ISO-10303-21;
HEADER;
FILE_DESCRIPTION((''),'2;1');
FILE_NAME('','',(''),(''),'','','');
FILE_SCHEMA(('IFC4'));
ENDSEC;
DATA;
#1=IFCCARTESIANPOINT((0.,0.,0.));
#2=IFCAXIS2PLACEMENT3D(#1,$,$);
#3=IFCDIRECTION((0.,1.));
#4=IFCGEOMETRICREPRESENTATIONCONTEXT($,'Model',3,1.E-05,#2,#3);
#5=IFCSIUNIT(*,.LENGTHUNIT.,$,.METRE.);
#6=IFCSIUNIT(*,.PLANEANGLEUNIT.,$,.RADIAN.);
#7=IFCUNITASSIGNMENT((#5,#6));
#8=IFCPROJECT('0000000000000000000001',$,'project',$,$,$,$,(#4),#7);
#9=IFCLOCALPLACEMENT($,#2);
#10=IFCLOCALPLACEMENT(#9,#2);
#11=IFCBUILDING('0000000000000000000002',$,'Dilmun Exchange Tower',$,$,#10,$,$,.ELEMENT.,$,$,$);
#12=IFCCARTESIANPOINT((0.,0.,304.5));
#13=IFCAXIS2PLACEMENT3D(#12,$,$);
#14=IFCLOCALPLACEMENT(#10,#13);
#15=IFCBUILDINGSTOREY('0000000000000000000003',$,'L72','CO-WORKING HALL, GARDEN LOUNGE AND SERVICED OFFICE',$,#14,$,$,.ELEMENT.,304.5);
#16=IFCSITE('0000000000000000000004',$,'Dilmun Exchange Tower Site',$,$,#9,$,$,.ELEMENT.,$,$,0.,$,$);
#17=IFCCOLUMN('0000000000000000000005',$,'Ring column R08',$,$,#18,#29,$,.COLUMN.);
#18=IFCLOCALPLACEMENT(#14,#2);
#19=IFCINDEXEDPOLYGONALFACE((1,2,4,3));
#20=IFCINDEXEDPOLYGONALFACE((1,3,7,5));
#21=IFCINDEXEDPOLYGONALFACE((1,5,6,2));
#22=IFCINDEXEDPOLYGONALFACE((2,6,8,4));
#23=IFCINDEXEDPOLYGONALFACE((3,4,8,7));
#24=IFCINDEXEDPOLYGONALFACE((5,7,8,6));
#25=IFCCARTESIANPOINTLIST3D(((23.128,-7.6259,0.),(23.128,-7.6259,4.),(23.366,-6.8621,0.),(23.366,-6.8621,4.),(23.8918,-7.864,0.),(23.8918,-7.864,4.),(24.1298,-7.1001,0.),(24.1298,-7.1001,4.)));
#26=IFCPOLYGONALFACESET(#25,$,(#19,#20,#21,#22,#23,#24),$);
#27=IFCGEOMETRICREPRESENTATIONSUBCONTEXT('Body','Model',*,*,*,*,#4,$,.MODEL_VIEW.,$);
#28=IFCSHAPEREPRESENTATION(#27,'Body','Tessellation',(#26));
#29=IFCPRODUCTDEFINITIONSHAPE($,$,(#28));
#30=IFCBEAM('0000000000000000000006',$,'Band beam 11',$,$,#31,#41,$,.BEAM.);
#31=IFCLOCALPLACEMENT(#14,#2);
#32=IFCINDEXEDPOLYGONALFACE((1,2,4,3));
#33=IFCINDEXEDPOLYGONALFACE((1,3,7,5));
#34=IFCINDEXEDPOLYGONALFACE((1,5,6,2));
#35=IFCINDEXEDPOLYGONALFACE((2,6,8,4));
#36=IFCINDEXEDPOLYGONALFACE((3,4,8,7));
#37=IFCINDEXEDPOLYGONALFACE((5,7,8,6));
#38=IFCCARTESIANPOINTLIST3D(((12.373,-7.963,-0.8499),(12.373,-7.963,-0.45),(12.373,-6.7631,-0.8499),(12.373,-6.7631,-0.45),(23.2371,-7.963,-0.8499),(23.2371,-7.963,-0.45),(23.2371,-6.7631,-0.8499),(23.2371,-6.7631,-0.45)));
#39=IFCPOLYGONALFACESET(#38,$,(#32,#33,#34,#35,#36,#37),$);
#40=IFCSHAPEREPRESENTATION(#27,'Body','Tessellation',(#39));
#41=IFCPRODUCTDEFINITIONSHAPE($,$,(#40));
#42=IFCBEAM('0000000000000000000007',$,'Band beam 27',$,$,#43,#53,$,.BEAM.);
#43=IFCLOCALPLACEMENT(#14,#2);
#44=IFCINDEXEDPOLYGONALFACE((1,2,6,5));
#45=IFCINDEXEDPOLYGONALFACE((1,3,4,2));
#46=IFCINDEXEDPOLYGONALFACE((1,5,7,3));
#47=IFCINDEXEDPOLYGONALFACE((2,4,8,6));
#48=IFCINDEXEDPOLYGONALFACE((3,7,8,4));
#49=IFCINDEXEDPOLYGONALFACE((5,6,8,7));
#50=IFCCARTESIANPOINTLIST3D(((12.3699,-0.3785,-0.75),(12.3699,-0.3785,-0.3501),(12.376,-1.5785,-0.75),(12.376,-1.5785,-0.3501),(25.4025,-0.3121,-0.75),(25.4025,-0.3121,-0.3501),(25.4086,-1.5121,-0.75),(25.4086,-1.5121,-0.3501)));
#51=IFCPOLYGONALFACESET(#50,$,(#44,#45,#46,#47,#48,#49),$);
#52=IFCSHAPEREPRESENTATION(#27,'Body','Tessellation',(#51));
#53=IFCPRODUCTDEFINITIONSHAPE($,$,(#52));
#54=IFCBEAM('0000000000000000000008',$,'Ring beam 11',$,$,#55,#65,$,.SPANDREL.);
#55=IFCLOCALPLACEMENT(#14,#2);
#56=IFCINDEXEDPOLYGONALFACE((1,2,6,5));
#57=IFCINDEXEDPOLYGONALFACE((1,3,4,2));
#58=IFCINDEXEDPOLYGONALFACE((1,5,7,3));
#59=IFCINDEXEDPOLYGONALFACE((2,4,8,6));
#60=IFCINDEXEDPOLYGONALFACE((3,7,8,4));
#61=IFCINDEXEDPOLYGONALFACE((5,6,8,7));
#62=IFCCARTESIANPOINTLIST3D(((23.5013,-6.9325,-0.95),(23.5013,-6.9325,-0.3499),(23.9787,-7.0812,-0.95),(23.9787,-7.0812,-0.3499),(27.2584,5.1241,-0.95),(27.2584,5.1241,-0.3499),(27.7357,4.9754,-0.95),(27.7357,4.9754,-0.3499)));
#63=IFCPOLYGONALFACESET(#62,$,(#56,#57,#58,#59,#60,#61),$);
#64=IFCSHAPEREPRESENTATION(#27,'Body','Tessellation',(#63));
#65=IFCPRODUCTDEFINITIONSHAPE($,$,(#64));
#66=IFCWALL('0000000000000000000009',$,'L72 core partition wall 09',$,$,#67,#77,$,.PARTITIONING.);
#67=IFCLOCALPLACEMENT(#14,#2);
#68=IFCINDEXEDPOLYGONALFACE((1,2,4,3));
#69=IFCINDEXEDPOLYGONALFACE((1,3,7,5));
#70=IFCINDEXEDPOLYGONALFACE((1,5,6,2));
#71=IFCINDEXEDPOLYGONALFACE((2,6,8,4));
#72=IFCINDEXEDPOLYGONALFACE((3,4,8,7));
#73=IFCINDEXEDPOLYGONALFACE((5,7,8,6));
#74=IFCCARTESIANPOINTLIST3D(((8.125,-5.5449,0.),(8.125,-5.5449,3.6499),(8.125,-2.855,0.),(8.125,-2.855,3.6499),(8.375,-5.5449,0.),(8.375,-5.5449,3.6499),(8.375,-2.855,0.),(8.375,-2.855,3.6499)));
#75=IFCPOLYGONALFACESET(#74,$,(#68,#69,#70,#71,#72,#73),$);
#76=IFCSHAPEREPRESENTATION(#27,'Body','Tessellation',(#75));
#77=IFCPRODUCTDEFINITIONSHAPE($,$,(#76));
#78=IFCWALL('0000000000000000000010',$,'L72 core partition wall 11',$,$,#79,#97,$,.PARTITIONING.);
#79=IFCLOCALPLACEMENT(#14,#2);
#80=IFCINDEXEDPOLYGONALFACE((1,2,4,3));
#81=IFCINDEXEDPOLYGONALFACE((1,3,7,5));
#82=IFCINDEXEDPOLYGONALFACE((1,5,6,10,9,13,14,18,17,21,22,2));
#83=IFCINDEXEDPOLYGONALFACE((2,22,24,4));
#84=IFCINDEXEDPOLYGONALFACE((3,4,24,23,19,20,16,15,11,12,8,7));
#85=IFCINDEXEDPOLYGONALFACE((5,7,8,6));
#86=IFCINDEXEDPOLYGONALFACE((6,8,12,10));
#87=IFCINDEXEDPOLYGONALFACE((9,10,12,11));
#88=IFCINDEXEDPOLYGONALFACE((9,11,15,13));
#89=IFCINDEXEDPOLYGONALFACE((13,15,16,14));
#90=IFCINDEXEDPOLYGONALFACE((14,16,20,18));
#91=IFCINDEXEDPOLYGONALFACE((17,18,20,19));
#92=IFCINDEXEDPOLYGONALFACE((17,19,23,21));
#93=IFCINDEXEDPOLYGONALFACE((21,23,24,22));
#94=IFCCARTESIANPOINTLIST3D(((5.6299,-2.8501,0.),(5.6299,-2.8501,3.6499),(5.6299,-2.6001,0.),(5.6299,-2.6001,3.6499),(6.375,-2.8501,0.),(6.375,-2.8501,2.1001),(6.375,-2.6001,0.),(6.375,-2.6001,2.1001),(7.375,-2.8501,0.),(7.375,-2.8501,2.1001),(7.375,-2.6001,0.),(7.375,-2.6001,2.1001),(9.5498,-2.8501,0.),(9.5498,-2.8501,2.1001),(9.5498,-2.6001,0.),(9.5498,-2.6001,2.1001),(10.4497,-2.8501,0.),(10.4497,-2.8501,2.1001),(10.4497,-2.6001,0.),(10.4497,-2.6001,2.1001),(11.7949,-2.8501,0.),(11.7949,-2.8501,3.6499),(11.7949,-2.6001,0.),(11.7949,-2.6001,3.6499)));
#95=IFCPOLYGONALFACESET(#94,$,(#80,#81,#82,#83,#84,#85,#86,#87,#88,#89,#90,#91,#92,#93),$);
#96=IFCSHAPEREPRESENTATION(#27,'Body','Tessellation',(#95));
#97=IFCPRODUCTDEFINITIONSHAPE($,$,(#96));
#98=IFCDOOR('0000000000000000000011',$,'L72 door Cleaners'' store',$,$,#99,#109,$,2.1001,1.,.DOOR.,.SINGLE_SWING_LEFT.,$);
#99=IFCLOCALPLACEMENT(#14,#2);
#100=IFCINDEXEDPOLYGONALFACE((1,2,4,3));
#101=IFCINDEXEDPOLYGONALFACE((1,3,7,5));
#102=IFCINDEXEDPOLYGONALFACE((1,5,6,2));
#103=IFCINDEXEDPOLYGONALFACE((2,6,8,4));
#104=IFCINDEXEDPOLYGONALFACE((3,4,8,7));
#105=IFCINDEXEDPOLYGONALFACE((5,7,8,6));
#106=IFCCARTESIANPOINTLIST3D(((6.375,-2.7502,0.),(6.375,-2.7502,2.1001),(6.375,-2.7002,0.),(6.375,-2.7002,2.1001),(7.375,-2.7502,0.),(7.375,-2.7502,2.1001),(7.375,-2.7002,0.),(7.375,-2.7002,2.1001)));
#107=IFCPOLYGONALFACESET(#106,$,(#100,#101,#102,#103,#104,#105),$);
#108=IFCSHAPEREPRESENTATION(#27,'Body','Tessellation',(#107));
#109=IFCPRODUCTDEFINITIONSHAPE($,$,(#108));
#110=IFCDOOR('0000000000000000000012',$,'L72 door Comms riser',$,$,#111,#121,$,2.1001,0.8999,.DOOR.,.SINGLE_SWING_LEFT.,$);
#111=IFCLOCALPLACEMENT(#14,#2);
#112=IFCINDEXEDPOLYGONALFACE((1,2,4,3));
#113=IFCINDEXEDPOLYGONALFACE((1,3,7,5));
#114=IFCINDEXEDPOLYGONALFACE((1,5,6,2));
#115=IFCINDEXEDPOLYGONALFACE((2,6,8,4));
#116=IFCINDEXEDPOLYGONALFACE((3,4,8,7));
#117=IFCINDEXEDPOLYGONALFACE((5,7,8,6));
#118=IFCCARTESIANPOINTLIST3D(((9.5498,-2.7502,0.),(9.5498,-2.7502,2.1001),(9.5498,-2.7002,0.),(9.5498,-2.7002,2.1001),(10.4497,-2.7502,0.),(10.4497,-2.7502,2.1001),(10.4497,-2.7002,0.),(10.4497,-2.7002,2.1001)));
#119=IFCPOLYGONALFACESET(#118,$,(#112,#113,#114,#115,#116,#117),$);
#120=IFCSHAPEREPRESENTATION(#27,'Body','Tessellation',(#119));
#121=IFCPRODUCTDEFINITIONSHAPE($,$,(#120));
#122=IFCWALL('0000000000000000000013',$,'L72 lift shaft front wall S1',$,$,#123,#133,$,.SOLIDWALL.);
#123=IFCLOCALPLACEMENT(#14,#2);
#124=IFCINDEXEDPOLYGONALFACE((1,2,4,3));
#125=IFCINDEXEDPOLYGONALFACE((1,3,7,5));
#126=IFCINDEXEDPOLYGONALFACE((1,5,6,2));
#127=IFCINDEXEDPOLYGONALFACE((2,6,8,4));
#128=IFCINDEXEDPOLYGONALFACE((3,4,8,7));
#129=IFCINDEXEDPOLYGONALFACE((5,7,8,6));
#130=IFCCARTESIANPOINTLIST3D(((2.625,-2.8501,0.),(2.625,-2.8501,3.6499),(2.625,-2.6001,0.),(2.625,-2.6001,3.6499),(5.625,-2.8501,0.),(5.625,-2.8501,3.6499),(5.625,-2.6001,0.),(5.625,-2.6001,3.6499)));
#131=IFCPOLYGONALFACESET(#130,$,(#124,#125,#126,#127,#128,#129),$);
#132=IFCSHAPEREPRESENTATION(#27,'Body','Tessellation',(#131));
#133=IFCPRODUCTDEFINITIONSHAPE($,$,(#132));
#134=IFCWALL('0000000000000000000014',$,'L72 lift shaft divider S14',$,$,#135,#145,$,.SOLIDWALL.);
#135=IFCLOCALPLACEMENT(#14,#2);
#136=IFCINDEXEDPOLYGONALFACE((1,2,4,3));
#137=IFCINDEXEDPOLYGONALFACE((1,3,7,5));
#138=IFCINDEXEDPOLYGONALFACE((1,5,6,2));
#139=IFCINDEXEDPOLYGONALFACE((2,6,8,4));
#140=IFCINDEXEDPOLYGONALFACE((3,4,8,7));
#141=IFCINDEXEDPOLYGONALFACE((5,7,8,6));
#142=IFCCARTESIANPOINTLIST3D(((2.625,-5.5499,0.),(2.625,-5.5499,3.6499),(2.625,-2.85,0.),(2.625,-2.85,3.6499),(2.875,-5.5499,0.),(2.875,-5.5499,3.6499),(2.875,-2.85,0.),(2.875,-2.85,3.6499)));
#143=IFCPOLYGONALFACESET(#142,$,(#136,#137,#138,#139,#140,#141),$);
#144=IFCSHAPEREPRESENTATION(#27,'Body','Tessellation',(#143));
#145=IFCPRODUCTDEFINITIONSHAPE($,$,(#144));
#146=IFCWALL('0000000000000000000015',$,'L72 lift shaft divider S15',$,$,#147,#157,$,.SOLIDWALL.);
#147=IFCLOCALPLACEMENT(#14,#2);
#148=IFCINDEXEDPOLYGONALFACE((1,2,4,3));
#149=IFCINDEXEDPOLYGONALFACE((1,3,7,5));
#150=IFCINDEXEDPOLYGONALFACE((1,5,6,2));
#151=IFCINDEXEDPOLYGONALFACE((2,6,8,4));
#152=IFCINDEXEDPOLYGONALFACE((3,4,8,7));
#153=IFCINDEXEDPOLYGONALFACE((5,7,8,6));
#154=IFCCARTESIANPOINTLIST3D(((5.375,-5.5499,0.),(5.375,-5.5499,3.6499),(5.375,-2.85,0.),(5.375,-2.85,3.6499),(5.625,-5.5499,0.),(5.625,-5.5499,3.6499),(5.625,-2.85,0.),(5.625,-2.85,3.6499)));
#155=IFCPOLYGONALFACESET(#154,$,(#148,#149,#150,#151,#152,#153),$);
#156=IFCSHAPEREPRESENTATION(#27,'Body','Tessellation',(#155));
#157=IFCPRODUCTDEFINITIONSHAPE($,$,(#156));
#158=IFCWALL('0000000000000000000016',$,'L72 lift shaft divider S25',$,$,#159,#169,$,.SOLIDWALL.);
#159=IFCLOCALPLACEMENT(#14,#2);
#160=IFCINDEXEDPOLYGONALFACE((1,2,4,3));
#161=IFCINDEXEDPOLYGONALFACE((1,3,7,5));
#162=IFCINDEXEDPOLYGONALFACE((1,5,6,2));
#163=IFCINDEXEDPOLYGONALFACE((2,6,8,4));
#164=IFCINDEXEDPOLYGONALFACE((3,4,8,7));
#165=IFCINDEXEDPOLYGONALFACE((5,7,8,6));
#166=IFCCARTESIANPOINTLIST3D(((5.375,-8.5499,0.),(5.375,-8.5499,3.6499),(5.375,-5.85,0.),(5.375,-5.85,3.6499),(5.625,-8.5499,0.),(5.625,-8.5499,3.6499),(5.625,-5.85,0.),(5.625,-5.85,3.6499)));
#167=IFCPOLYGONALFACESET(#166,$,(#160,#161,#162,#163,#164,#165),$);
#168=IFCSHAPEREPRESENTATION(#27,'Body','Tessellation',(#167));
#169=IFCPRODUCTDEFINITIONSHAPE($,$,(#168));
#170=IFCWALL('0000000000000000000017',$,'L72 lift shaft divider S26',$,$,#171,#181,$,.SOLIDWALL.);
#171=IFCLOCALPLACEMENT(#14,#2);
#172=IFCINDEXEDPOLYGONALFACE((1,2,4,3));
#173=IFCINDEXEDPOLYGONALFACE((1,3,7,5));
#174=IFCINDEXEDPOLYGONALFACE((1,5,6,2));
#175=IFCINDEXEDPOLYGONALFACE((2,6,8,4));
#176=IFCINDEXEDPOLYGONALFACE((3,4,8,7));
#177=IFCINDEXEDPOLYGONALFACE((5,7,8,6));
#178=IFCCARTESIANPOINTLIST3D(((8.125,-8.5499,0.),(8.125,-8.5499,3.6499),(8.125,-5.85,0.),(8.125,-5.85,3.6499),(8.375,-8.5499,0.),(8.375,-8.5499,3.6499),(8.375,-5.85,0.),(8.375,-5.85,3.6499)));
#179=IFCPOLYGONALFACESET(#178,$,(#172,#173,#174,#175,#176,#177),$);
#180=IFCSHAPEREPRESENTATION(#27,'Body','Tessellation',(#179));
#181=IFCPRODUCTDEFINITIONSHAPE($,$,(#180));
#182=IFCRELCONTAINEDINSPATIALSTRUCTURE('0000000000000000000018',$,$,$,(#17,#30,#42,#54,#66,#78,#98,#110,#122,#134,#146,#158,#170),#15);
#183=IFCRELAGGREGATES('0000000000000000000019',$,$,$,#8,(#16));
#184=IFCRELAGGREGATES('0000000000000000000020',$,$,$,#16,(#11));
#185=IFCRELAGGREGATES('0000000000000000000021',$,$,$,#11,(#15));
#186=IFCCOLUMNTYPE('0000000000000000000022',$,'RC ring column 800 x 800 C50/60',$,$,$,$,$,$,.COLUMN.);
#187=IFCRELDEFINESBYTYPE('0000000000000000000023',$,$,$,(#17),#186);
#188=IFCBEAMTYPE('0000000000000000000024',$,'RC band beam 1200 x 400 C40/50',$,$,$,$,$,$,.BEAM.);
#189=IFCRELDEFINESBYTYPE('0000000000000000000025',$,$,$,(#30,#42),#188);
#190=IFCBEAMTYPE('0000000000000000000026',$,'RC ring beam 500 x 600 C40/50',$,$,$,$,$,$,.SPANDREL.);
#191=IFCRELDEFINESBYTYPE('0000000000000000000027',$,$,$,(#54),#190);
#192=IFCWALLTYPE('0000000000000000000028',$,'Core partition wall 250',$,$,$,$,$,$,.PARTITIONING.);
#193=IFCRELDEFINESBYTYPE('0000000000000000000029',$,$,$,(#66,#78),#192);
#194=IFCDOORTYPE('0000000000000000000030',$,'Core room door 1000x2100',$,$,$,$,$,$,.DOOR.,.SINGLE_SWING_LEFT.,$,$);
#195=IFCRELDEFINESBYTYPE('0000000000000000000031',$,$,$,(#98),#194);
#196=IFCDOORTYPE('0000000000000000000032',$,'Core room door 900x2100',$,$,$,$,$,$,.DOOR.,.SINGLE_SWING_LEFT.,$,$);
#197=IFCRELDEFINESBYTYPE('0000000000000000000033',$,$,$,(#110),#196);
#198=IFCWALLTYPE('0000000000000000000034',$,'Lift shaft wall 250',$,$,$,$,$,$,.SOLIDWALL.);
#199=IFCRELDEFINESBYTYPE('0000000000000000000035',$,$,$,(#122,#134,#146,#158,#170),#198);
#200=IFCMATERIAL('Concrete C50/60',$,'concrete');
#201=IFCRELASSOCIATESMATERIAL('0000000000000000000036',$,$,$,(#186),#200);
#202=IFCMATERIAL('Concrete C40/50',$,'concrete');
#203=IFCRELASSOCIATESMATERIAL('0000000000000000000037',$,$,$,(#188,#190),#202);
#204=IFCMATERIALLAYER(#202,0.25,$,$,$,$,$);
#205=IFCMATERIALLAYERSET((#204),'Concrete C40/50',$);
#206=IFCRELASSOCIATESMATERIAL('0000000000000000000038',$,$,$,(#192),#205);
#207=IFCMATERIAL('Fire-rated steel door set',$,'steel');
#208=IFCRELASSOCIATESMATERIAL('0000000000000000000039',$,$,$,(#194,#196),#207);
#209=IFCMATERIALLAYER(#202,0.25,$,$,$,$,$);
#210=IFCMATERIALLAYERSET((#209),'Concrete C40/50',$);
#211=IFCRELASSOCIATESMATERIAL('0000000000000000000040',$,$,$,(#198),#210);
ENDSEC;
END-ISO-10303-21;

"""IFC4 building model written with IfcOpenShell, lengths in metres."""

from ifc_helpers import new_model, si_unit, direction, frame, frame_2d, origin, origin_2d, place, context, subcontext, project, spatial, rectangle, extrude, material, layer, layer_set, material_profile, profile_set, type_object, element, fill, save


model = new_model("IFC4")

# Units and contexts
model_context = context("Model", 3, precision=1e-05, world=origin(), true_north=direction((0.0, 1.0)))
body_context = subcontext(model_context, "Body", "Model", "MODEL_VIEW")
ifc_project = project(units=[si_unit("LENGTHUNIT", "METRE"), si_unit("PLANEANGLEUNIT", "RADIAN")], contexts=[model_context])

# Site, building, storey
site_placement = place(None, origin())
site = spatial("IfcSite", under=ifc_project, at=site_placement, Name="Dilmun Exchange Tower Site", CompositionType="ELEMENT", RefElevation=0.0)
building_placement = place(site_placement, origin())
building = spatial("IfcBuilding", under=site, at=building_placement, Name="Dilmun Exchange Tower", CompositionType="ELEMENT")
storey_placement = place(building_placement, frame((0.0, 0.0, 304.5)))
storey = spatial("IfcBuildingStorey", under=building, at=storey_placement, Name="L72", Description="CO-WORKING HALL, GARDEN LOUNGE AND SERVICED OFFICE", CompositionType="ELEMENT", Elevation=304.5)

# Column
ifc_material_1 = material(Name="Concrete C50/60", Category="concrete")
ifc_material_profile_1 = material_profile(ifc_material_1, rectangle(XDim=0.8, YDim=0.8, at=origin_2d()), Name="800 x 800")
ifc_profile_set_1 = profile_set([ifc_material_profile_1], Name="Concrete C50/60")
column_type = type_object("IfcColumnType", Name="RC ring column 800 x 800 C50/60", PredefinedType="COLUMN", material=ifc_profile_set_1)
column_placement = place(storey_placement, frame((23.6289, -7.363, 0.0), z_axis=(0.0, 0.0, 1.0), x_axis=(0.297503, 0.954721, 0.0)))
element("IfcColumn", 1, at=column_placement, inside=storey, type_object=column_type, Name="Ring column R08", PredefinedType="COLUMN", context=body_context, shape_type="SweptSolid", body=[
    extrude(rectangle(XDim=0.8, YDim=0.8, at=origin_2d()), origin(), (0.0, 0.0, 1.0), 4.0),
])

# Beams
ifc_material_2 = material(Name="Concrete C40/50", Category="concrete")
ifc_material_profile_2 = material_profile(ifc_material_2, rectangle(XDim=1.2, YDim=0.3999, at=origin_2d()), Name="1200 x 400")
ifc_profile_set_2 = profile_set([ifc_material_profile_2], Name="Concrete C40/50")
beam_type_1 = type_object("IfcBeamType", Name="RC band beam 1200 x 400 C40/50", PredefinedType="BEAM", material=ifc_profile_set_2)
beam_1_placement = place(storey_placement, frame((23.2371, -7.363, -0.6499), z_axis=(-1.0, 0.0, 0.0), x_axis=(0.0, -1.0, 0.0)))
element("IfcBeam", 2, at=beam_1_placement, inside=storey, type_object=beam_type_1, Name="Band beam 11", PredefinedType="BEAM", context=body_context, shape_type="SweptSolid", body=[
    extrude(rectangle(XDim=1.2, YDim=0.3999, at=origin_2d()), origin(), (0.0, 0.0, 1.0), 10.864),
])
beam_2_placement = place(storey_placement, frame((25.4055, -0.9121, -0.55), z_axis=(-0.999987, -0.005095, 0.0), x_axis=(0.005095, -0.999987, 0.0)))
element("IfcBeam", 3, at=beam_2_placement, inside=storey, type_object=beam_type_1, Name="Band beam 27", PredefinedType="BEAM", context=body_context, shape_type="SweptSolid", body=[
    extrude(rectangle(XDim=1.2, YDim=0.3999, at=origin_2d()), origin(), (0.0, 0.0, 1.0), 13.0327),
])
ifc_material_profile_3 = material_profile(ifc_material_2, rectangle(XDim=0.5, YDim=0.6001, at=origin_2d()), Name="500 x 600")
ifc_profile_set_3 = profile_set([ifc_material_profile_3], Name="Concrete C40/50")
beam_type_2 = type_object("IfcBeamType", Name="RC ring beam 500 x 600 C40/50", PredefinedType="SPANDREL", material=ifc_profile_set_3)
beam_3_placement = place(storey_placement, frame((23.74, -7.0068, -0.6499), z_axis=(0.297509, 0.954719, 0.0), x_axis=(-0.954719, 0.297509, 0.0)))
element("IfcBeam", 4, at=beam_3_placement, inside=storey, type_object=beam_type_2, Name="Ring beam 11", PredefinedType="SPANDREL", context=body_context, shape_type="SweptSolid", body=[
    extrude(rectangle(XDim=0.5, YDim=0.6001, at=origin_2d()), origin(), (0.0, 0.0, 1.0), 12.6284),
])

# Shared definitions
ifc_material_3 = material(Name="Fire-rated steel door set", Category="steel")

# Wall
ifc_layer_1 = layer(ifc_material_2, 0.25)
ifc_layer_set_1 = layer_set([ifc_layer_1], Name="Concrete C40/50")
wall_type_1 = type_object("IfcWallType", Name="Core partition wall 250", PredefinedType="PARTITIONING", material=ifc_layer_set_1)
wall_1_placement = place(storey_placement, frame((8.25, -5.5449, 0.0), z_axis=(0.0, 0.0, 1.0), x_axis=(0.0, 1.0, 0.0)))
element("IfcWall", 5, at=wall_1_placement, inside=storey, type_object=wall_type_1, Name="L72 core partition wall 09", PredefinedType="PARTITIONING", context=body_context, shape_type="SweptSolid", body=[
    extrude(rectangle(XDim=2.6899, YDim=0.25, at=frame_2d((1.345, 0.0))), origin(), (0.0, 0.0, 1.0), 3.6499),
])

# Wall, openings, doors
wall_2_placement = place(storey_placement, frame((5.6299, -2.7251, 0.0), z_axis=(0.0, 0.0, 1.0), x_axis=(1.0, 0.0, 0.0)))
wall_2 = element("IfcWall", 6, at=wall_2_placement, inside=storey, type_object=wall_type_1, Name="L72 core partition wall 11", PredefinedType="PARTITIONING", context=body_context, shape_type="SweptSolid", body=[
    extrude(rectangle(XDim=6.165, YDim=0.25, at=frame_2d((3.0825, 0.0))), origin(), (0.0, 0.0, 1.0), 3.6499),
])
opening_1_placement = place(wall_2_placement, frame((0.7451, 0.0, 0.0)))
opening_1 = element("IfcOpeningElement", 7, at=opening_1_placement, cuts=wall_2, PredefinedType="OPENING", context=body_context, shape_type="SweptSolid", body=[
    extrude(rectangle(XDim=1.0, YDim=2.1001, at=frame_2d((0.5, 1.05))), frame((0.0, 0.135, 0.0), z_axis=(0.0, -1.0, 0.0), x_axis=(1.0, 0.0, 0.0)), (0.0, 0.0, 1.0), 0.27),
])
opening_2_placement = place(wall_2_placement, frame((3.9199, 0.0, 0.0)))
opening_2 = element("IfcOpeningElement", 8, at=opening_2_placement, cuts=wall_2, PredefinedType="OPENING", context=body_context, shape_type="SweptSolid", body=[
    extrude(rectangle(XDim=0.8999, YDim=2.1001, at=frame_2d((0.45, 1.05))), frame((0.0, 0.135, 0.0), z_axis=(0.0, -1.0, 0.0), x_axis=(1.0, 0.0, 0.0)), (0.0, 0.0, 1.0), 0.27),
])
door_type_1 = type_object("IfcDoorType", Name="Core room door 1000x2100", OperationType="SINGLE_SWING_LEFT", PredefinedType="DOOR", material=ifc_material_3)
door_1_placement = place(opening_1_placement, origin())
door_1 = element("IfcDoor", 9, at=door_1_placement, inside=storey, type_object=door_type_1, Name="L72 door Cleaners' store", OperationType="SINGLE_SWING_LEFT", OverallHeight=2.1001, OverallWidth=1.0, PredefinedType="DOOR", context=body_context, shape_type="SweptSolid", body=[
    extrude(rectangle(XDim=1.0, YDim=2.1001, at=frame_2d((0.5, 1.05))), frame((0.0, 0.0249, 0.0), z_axis=(0.0, -1.0, 0.0), x_axis=(1.0, 0.0, 0.0)), (0.0, 0.0, 1.0), 0.05),
])
fill(opening_1, door_1)
door_type_2 = type_object("IfcDoorType", Name="Core room door 900x2100", OperationType="SINGLE_SWING_LEFT", PredefinedType="DOOR", material=ifc_material_3)
door_2_placement = place(opening_2_placement, origin())
door_2 = element("IfcDoor", 10, at=door_2_placement, inside=storey, type_object=door_type_2, Name="L72 door Comms riser", OperationType="SINGLE_SWING_LEFT", OverallHeight=2.1001, OverallWidth=0.8999, PredefinedType="DOOR", context=body_context, shape_type="SweptSolid", body=[
    extrude(rectangle(XDim=0.8999, YDim=2.1001, at=frame_2d((0.45, 1.05))), frame((0.0, 0.0249, 0.0), z_axis=(0.0, -1.0, 0.0), x_axis=(1.0, 0.0, 0.0)), (0.0, 0.0, 1.0), 0.05),
])
fill(opening_2, door_2)

# Walls
ifc_layer_2 = layer(ifc_material_2, 0.25)
ifc_layer_set_2 = layer_set([ifc_layer_2], Name="Concrete C40/50")
wall_type_2 = type_object("IfcWallType", Name="Lift shaft wall 250", PredefinedType="SOLIDWALL", material=ifc_layer_set_2)
wall_3_placement = place(storey_placement, frame((2.625, -2.7251, 0.0), z_axis=(0.0, 0.0, 1.0), x_axis=(1.0, 0.0, 0.0)))
element("IfcWall", 11, at=wall_3_placement, inside=storey, type_object=wall_type_2, Name="L72 lift shaft front wall S1", PredefinedType="SOLIDWALL", context=body_context, shape_type="SweptSolid", body=[
    extrude(rectangle(XDim=3.0, YDim=0.25, at=frame_2d((1.5, 0.0))), origin(), (0.0, 0.0, 1.0), 3.6499),
])
for number, where, z_axis, x_axis, name in (
    (12, (2.75, -5.55, 0.0), (0.0, 0.0, 1.0), (0.0, 1.0, 0.0), "L72 lift shaft divider S14"),
    (13, (5.5, -5.55, 0.0), (0.0, 0.0, 1.0), (0.0, 1.0, 0.0), "L72 lift shaft divider S15"),
    (14, (5.5, -8.55, 0.0), (0.0, 0.0, 1.0), (0.0, 1.0, 0.0), "L72 lift shaft divider S25"),
    (15, (8.25, -8.55, 0.0), (0.0, 0.0, 1.0), (0.0, 1.0, 0.0), "L72 lift shaft divider S26"),
):
    element("IfcWall", number, at=place(storey_placement, frame(where, z_axis=z_axis, x_axis=x_axis)), inside=storey, type_object=wall_type_2, Name=name, PredefinedType="SOLIDWALL", context=body_context, shape_type="SweptSolid", body=[
        extrude(rectangle(XDim=2.7, YDim=0.25, at=frame_2d((1.3501, 0.0))), origin(), (0.0, 0.0, 1.0), 3.6499),
    ])

save(model, "model.ifc")
